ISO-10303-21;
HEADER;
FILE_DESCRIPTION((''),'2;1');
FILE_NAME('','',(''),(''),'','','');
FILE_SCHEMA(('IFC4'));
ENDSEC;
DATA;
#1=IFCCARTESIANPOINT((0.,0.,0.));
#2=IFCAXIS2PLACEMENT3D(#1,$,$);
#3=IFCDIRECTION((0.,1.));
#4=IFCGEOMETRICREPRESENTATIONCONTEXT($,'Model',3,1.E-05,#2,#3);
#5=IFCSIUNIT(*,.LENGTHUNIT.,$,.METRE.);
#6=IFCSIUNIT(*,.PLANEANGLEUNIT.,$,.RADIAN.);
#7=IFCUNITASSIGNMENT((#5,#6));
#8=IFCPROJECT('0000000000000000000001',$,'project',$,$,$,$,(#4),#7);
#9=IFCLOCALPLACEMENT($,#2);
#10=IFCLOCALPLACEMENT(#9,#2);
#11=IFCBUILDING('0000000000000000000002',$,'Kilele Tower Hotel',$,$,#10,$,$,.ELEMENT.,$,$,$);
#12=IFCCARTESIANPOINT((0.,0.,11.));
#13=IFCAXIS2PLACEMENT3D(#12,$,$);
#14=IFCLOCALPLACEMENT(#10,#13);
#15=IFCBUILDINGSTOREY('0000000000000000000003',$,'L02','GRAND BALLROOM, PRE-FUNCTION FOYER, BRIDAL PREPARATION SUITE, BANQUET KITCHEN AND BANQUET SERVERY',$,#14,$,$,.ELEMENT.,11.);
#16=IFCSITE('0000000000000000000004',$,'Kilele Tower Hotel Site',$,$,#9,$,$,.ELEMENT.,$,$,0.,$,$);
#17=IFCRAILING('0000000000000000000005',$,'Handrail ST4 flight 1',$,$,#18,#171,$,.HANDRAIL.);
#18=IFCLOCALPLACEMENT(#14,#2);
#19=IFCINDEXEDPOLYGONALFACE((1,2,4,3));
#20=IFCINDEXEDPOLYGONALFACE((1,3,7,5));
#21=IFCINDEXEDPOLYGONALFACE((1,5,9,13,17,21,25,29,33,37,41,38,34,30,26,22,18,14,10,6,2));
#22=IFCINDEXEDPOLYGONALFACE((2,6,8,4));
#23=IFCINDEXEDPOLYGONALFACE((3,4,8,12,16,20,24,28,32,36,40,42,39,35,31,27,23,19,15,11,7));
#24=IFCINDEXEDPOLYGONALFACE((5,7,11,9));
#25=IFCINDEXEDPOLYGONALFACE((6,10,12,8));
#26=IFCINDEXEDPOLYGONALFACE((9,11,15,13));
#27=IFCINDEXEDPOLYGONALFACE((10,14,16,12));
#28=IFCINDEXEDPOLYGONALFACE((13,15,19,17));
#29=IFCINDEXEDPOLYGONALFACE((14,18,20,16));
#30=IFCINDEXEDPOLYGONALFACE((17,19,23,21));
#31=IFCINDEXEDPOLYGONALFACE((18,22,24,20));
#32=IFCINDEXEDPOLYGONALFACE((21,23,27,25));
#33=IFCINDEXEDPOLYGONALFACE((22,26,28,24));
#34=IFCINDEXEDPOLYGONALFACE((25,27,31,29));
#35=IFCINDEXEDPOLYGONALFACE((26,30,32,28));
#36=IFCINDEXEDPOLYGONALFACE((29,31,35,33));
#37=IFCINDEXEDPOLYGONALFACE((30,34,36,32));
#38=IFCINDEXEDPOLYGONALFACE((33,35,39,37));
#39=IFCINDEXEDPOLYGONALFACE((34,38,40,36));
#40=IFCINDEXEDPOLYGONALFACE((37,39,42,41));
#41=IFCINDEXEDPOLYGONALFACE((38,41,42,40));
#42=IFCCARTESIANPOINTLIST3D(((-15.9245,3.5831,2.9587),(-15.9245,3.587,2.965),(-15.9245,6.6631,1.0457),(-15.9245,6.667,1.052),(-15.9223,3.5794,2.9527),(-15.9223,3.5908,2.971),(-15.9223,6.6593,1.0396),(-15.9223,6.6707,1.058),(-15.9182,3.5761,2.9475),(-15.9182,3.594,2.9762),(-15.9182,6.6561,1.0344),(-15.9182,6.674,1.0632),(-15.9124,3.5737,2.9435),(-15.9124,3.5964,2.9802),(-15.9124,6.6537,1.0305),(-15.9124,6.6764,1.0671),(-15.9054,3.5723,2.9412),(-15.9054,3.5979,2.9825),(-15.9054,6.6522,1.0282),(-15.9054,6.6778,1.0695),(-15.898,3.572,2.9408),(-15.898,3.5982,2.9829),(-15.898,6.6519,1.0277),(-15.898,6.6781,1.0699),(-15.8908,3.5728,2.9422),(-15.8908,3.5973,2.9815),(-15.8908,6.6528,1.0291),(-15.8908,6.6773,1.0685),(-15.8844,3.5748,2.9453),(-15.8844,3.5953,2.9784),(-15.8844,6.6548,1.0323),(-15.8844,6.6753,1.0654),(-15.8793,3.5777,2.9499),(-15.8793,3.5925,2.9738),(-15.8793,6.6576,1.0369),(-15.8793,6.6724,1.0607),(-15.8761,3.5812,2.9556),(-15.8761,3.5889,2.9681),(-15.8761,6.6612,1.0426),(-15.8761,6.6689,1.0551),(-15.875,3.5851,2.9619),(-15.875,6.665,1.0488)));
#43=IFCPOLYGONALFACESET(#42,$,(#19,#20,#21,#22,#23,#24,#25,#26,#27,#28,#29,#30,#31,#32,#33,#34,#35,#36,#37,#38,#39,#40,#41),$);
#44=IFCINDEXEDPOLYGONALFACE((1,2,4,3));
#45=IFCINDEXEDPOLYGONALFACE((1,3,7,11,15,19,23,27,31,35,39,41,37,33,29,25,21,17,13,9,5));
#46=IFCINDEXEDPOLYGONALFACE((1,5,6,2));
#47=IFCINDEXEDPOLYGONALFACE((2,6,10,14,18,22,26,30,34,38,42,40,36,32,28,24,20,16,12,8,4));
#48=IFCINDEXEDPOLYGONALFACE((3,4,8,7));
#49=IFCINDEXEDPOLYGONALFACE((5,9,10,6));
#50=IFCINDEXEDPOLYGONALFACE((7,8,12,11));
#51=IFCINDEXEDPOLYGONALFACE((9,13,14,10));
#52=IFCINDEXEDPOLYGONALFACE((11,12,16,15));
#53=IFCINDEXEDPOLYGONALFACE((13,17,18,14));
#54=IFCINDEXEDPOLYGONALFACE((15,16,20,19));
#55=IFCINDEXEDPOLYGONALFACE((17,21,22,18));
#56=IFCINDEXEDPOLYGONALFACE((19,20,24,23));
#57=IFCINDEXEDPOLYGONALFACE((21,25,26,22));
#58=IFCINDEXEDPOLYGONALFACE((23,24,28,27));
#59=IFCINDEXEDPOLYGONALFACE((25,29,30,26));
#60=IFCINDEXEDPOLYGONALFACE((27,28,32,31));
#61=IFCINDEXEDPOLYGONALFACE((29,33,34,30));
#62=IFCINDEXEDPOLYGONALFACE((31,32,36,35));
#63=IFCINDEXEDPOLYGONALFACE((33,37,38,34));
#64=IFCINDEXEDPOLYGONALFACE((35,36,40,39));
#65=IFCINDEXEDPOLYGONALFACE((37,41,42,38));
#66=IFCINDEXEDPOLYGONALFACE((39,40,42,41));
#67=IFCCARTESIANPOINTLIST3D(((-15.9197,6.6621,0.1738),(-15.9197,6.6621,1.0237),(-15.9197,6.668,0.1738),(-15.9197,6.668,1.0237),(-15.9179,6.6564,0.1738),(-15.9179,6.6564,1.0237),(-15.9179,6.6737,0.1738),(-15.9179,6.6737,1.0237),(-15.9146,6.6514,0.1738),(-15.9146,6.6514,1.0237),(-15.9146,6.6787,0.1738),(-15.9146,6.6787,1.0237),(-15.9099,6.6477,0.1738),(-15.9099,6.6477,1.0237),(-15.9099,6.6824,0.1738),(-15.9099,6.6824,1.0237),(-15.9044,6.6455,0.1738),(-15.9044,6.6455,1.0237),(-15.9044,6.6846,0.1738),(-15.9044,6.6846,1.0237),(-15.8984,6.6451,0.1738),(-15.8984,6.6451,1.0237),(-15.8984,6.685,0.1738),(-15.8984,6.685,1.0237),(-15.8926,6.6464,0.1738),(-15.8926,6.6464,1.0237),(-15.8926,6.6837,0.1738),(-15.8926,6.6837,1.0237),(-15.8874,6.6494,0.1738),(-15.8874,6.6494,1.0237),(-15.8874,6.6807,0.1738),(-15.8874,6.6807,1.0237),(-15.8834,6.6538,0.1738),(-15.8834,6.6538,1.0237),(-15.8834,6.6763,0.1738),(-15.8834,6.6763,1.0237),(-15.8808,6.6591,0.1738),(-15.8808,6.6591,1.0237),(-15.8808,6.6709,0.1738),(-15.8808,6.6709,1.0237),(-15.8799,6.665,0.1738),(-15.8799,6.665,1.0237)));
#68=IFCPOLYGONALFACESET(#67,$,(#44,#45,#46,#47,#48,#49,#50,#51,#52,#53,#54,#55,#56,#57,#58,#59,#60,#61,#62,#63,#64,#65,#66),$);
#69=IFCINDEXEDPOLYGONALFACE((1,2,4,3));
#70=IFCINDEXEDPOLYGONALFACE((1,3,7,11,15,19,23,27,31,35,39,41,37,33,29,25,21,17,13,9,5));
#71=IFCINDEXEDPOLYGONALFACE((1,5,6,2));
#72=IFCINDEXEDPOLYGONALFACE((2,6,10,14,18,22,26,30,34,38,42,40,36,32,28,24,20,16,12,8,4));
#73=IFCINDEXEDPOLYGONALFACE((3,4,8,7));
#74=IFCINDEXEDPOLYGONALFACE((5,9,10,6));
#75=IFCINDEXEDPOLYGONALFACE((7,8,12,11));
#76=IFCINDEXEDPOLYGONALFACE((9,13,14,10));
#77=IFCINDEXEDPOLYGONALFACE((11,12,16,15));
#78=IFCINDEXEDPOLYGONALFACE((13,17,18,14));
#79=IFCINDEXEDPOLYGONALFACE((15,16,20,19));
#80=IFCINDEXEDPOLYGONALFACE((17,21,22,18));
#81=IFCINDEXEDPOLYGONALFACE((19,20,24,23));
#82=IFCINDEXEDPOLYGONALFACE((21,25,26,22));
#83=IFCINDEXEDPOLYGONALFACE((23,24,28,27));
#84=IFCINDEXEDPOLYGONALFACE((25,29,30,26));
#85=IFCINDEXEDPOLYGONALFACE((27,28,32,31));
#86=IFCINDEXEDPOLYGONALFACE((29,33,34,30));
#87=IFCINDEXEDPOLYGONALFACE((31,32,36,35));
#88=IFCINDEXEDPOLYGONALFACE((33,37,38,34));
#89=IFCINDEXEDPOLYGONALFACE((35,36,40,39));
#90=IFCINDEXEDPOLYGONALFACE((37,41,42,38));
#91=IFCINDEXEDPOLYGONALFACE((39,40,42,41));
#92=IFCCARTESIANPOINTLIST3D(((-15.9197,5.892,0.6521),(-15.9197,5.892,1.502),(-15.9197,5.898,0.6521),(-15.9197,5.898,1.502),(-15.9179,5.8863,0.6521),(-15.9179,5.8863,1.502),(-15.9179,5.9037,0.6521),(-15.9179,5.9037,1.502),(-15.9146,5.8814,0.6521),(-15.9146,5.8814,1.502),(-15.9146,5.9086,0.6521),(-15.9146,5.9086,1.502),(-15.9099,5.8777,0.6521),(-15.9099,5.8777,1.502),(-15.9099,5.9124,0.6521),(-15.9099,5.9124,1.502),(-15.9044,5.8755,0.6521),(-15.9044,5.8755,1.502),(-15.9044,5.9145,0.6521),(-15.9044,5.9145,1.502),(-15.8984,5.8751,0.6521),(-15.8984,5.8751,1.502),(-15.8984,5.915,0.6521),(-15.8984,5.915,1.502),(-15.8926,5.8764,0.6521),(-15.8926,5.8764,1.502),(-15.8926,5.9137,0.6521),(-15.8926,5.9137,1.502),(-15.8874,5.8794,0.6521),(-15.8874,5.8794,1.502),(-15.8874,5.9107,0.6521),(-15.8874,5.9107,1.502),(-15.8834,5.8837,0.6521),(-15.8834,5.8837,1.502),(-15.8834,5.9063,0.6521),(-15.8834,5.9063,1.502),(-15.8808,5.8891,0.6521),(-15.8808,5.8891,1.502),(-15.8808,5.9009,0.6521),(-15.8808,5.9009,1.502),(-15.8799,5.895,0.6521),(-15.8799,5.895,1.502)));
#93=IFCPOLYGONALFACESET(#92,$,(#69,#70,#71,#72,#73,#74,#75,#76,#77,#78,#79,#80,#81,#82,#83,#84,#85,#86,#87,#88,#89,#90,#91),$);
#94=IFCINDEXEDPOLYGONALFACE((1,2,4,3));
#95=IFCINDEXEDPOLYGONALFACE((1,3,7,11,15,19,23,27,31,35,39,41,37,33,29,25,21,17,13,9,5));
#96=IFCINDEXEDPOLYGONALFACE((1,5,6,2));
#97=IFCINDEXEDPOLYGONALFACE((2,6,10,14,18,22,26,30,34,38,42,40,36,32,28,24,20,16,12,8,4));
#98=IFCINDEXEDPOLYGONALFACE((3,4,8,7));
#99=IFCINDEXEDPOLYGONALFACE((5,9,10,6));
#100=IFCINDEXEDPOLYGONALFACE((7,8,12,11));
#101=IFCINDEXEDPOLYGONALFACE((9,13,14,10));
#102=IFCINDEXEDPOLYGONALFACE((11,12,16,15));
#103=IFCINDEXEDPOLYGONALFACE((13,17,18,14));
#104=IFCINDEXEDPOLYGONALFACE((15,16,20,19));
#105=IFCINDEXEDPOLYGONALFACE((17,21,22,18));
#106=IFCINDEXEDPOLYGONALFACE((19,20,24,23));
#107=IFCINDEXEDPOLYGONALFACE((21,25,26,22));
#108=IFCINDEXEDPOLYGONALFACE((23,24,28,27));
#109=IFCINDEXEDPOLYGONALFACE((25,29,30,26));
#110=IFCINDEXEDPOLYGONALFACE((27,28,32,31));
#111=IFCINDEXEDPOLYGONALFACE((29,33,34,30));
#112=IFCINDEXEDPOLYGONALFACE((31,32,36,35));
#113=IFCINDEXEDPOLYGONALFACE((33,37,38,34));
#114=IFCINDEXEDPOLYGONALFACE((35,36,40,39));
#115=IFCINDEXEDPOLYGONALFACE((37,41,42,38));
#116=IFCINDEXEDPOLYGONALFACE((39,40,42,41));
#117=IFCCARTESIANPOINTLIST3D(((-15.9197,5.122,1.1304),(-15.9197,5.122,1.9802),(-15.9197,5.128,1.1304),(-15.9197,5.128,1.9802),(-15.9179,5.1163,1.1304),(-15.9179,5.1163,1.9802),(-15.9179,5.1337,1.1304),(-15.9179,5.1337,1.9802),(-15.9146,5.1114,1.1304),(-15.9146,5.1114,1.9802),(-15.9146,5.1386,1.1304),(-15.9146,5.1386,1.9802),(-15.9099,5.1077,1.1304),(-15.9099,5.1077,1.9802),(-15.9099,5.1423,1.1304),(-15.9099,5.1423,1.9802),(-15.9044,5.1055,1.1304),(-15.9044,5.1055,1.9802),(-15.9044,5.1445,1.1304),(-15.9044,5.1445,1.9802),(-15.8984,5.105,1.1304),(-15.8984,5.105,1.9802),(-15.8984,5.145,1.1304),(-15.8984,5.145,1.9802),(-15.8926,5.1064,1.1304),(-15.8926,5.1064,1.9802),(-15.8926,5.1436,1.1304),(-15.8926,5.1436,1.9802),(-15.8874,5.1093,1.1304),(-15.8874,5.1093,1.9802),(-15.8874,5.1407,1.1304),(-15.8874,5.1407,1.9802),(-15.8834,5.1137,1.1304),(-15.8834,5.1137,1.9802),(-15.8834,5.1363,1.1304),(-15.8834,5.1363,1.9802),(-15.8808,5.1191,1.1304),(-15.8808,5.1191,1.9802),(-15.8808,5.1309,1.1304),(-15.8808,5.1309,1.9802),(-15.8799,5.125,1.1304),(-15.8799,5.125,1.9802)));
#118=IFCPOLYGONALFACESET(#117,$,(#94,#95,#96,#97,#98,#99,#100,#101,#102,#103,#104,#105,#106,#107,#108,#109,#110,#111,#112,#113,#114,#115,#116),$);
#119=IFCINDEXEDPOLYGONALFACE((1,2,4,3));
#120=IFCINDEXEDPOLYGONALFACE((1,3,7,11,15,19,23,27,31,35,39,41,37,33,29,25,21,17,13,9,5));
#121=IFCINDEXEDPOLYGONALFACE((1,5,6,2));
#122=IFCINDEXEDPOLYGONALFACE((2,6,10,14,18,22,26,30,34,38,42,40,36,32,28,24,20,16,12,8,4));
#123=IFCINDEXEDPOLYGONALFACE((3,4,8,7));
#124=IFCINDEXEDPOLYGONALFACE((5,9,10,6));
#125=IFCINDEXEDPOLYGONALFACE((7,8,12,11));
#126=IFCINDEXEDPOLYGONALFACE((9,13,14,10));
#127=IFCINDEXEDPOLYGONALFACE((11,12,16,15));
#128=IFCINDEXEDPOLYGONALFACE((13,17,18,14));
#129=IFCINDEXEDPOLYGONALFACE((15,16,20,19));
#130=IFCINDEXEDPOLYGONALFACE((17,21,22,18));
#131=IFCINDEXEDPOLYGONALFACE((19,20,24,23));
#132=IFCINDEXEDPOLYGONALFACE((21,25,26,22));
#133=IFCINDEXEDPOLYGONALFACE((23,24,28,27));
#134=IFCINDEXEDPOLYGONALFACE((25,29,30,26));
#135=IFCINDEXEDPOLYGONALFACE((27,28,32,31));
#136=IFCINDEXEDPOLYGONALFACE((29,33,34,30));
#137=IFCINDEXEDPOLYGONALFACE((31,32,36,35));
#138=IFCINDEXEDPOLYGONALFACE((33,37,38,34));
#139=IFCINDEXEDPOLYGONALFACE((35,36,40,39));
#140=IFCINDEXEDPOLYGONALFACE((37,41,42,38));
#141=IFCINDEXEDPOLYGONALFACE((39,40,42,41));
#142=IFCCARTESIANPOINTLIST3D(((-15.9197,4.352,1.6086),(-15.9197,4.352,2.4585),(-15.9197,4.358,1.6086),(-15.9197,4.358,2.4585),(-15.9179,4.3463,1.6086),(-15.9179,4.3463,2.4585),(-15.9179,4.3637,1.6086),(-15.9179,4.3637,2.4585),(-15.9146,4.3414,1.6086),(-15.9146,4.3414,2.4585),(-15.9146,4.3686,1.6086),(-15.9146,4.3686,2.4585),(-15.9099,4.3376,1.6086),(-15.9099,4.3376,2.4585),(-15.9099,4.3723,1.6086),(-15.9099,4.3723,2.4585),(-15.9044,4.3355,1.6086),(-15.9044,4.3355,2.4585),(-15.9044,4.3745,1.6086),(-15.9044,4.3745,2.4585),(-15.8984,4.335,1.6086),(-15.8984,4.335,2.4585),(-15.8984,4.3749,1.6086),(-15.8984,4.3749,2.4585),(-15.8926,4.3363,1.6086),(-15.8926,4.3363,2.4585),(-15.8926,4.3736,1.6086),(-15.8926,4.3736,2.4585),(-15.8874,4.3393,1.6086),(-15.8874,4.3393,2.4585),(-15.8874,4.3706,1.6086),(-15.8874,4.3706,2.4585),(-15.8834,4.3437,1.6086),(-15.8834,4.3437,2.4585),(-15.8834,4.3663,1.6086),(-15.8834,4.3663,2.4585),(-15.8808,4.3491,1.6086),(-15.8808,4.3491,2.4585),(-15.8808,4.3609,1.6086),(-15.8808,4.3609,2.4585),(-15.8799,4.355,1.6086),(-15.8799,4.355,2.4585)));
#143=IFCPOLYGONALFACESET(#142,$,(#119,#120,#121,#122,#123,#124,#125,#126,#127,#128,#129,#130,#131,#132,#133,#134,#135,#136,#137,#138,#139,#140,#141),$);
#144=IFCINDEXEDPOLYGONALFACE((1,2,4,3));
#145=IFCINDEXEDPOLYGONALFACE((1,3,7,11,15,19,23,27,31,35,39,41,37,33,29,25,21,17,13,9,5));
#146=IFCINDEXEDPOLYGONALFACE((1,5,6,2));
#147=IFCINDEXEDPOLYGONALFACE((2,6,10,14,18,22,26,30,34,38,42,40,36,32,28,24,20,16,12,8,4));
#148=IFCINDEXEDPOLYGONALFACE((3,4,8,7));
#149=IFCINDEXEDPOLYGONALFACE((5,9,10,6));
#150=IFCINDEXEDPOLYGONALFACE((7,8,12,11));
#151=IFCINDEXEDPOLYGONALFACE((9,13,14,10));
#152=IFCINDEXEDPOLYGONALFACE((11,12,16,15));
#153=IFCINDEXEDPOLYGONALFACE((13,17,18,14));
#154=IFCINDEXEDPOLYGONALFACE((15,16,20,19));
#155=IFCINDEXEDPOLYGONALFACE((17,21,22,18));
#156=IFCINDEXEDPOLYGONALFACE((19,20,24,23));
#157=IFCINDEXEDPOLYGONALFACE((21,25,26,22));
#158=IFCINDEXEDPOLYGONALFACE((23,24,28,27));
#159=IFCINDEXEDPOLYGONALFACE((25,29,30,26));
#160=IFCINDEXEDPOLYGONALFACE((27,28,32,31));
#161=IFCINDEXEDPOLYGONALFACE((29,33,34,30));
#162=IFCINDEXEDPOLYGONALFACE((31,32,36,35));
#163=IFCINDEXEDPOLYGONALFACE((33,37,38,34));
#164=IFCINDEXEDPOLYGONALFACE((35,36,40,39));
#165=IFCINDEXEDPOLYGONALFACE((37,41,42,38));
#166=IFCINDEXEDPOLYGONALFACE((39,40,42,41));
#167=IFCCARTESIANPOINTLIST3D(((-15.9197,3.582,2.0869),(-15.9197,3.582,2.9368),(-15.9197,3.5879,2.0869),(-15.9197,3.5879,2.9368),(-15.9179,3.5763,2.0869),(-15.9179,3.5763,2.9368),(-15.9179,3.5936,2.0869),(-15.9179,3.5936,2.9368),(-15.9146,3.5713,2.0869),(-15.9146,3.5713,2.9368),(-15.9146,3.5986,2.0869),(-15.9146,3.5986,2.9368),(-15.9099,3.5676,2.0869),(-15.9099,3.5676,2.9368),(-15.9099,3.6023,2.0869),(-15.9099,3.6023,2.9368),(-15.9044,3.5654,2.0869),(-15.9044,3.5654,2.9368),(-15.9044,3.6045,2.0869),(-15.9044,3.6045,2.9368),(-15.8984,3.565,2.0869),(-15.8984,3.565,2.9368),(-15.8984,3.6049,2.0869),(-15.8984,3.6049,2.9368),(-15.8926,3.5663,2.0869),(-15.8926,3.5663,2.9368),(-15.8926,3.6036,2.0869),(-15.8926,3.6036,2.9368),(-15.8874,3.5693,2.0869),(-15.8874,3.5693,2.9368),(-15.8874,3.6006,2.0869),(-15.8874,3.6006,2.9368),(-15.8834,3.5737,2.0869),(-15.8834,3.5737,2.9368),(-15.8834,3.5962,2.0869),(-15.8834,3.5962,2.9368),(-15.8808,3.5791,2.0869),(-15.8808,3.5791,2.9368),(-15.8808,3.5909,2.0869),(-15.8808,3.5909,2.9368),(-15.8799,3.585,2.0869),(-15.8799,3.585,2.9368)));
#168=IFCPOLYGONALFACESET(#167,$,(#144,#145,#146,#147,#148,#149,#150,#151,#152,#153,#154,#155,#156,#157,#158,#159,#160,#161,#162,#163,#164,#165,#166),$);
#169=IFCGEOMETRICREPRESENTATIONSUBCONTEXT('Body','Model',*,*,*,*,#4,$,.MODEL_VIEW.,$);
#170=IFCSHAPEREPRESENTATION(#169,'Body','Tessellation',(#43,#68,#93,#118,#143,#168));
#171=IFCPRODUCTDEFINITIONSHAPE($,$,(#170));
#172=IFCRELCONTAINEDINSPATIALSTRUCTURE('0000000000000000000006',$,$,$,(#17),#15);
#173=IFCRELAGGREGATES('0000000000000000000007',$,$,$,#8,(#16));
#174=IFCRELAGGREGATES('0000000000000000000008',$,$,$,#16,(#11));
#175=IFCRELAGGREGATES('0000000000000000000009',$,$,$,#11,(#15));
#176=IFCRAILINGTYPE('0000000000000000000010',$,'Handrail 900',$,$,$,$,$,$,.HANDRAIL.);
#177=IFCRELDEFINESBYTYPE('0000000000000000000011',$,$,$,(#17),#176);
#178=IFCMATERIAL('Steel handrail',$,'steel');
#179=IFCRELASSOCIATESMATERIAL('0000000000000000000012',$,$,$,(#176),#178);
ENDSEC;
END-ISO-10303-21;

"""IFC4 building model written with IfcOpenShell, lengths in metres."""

from ifc_helpers import new_model, si_unit, direction, frame, origin, origin_2d, place, context, subcontext, project, spatial, circle, extrude, material, type_object, element, save


model = new_model("IFC4")

# Units and contexts
model_context = context("Model", 3, precision=1e-05, world=origin(), true_north=direction((0.0, 1.0)))
body_context = subcontext(model_context, "Body", "Model", "MODEL_VIEW")
ifc_project = project(units=[si_unit("LENGTHUNIT", "METRE"), si_unit("PLANEANGLEUNIT", "RADIAN")], contexts=[model_context])

# Site, building, storey
site_placement = place(None, origin())
site = spatial("IfcSite", under=ifc_project, at=site_placement, Name="Kilele Tower Hotel Site", CompositionType="ELEMENT", RefElevation=0.0)
building_placement = place(site_placement, origin())
building = spatial("IfcBuilding", under=site, at=building_placement, Name="Kilele Tower Hotel", CompositionType="ELEMENT")
storey_placement = place(building_placement, frame((0.0, 0.0, 11.0)))
storey = spatial("IfcBuildingStorey", under=building, at=storey_placement, Name="L02", Description="GRAND BALLROOM, PRE-FUNCTION FOYER, BRIDAL PREPARATION SUITE, BANQUET KITCHEN AND BANQUET SERVERY", CompositionType="ELEMENT", Elevation=11.0)

# Railing
ifc_material_1 = material(Name="Steel handrail", Category="steel")
railing_type_1 = type_object("IfcRailingType", Name="Handrail 900", PredefinedType="HANDRAIL", material=ifc_material_1)
for number, where, name in (
    (1, (-15.8999, 6.665, 0.1738), "Handrail ST4 flight 1"),
):
    element("IfcRailing", number, at=place(storey_placement, frame(where)), inside=storey, type_object=railing_type_1, Name=name, PredefinedType="HANDRAIL", context=body_context, shape_type="SweptSolid", body=[
        extrude(circle(Radius=0.0249, at=origin_2d()), frame((0.0, 0.0, 0.875), z_axis=(0.0, -0.849478, 0.527624), x_axis=(1.0, 0.0, 0.0)), (0.0, 0.0, 1.0), 3.6257),
        extrude(circle(Radius=0.02, at=origin_2d()), origin(), (0.0, 0.0, 1.0), 0.8499),
        extrude(circle(Radius=0.02, at=origin_2d()), frame((0.0, -0.77, 0.4783)), (0.0, 0.0, 1.0), 0.8499),
        extrude(circle(Radius=0.02, at=origin_2d()), frame((0.0, -1.54, 0.9565)), (0.0, 0.0, 1.0), 0.8499),
        extrude(circle(Radius=0.02, at=origin_2d()), frame((0.0, -2.3101, 1.4348)), (0.0, 0.0, 1.0), 0.8499),
        extrude(circle(Radius=0.02, at=origin_2d()), frame((0.0, -3.0801, 1.9131)), (0.0, 0.0, 1.0), 0.8499),
    ])

save(model, "model.ifc")
